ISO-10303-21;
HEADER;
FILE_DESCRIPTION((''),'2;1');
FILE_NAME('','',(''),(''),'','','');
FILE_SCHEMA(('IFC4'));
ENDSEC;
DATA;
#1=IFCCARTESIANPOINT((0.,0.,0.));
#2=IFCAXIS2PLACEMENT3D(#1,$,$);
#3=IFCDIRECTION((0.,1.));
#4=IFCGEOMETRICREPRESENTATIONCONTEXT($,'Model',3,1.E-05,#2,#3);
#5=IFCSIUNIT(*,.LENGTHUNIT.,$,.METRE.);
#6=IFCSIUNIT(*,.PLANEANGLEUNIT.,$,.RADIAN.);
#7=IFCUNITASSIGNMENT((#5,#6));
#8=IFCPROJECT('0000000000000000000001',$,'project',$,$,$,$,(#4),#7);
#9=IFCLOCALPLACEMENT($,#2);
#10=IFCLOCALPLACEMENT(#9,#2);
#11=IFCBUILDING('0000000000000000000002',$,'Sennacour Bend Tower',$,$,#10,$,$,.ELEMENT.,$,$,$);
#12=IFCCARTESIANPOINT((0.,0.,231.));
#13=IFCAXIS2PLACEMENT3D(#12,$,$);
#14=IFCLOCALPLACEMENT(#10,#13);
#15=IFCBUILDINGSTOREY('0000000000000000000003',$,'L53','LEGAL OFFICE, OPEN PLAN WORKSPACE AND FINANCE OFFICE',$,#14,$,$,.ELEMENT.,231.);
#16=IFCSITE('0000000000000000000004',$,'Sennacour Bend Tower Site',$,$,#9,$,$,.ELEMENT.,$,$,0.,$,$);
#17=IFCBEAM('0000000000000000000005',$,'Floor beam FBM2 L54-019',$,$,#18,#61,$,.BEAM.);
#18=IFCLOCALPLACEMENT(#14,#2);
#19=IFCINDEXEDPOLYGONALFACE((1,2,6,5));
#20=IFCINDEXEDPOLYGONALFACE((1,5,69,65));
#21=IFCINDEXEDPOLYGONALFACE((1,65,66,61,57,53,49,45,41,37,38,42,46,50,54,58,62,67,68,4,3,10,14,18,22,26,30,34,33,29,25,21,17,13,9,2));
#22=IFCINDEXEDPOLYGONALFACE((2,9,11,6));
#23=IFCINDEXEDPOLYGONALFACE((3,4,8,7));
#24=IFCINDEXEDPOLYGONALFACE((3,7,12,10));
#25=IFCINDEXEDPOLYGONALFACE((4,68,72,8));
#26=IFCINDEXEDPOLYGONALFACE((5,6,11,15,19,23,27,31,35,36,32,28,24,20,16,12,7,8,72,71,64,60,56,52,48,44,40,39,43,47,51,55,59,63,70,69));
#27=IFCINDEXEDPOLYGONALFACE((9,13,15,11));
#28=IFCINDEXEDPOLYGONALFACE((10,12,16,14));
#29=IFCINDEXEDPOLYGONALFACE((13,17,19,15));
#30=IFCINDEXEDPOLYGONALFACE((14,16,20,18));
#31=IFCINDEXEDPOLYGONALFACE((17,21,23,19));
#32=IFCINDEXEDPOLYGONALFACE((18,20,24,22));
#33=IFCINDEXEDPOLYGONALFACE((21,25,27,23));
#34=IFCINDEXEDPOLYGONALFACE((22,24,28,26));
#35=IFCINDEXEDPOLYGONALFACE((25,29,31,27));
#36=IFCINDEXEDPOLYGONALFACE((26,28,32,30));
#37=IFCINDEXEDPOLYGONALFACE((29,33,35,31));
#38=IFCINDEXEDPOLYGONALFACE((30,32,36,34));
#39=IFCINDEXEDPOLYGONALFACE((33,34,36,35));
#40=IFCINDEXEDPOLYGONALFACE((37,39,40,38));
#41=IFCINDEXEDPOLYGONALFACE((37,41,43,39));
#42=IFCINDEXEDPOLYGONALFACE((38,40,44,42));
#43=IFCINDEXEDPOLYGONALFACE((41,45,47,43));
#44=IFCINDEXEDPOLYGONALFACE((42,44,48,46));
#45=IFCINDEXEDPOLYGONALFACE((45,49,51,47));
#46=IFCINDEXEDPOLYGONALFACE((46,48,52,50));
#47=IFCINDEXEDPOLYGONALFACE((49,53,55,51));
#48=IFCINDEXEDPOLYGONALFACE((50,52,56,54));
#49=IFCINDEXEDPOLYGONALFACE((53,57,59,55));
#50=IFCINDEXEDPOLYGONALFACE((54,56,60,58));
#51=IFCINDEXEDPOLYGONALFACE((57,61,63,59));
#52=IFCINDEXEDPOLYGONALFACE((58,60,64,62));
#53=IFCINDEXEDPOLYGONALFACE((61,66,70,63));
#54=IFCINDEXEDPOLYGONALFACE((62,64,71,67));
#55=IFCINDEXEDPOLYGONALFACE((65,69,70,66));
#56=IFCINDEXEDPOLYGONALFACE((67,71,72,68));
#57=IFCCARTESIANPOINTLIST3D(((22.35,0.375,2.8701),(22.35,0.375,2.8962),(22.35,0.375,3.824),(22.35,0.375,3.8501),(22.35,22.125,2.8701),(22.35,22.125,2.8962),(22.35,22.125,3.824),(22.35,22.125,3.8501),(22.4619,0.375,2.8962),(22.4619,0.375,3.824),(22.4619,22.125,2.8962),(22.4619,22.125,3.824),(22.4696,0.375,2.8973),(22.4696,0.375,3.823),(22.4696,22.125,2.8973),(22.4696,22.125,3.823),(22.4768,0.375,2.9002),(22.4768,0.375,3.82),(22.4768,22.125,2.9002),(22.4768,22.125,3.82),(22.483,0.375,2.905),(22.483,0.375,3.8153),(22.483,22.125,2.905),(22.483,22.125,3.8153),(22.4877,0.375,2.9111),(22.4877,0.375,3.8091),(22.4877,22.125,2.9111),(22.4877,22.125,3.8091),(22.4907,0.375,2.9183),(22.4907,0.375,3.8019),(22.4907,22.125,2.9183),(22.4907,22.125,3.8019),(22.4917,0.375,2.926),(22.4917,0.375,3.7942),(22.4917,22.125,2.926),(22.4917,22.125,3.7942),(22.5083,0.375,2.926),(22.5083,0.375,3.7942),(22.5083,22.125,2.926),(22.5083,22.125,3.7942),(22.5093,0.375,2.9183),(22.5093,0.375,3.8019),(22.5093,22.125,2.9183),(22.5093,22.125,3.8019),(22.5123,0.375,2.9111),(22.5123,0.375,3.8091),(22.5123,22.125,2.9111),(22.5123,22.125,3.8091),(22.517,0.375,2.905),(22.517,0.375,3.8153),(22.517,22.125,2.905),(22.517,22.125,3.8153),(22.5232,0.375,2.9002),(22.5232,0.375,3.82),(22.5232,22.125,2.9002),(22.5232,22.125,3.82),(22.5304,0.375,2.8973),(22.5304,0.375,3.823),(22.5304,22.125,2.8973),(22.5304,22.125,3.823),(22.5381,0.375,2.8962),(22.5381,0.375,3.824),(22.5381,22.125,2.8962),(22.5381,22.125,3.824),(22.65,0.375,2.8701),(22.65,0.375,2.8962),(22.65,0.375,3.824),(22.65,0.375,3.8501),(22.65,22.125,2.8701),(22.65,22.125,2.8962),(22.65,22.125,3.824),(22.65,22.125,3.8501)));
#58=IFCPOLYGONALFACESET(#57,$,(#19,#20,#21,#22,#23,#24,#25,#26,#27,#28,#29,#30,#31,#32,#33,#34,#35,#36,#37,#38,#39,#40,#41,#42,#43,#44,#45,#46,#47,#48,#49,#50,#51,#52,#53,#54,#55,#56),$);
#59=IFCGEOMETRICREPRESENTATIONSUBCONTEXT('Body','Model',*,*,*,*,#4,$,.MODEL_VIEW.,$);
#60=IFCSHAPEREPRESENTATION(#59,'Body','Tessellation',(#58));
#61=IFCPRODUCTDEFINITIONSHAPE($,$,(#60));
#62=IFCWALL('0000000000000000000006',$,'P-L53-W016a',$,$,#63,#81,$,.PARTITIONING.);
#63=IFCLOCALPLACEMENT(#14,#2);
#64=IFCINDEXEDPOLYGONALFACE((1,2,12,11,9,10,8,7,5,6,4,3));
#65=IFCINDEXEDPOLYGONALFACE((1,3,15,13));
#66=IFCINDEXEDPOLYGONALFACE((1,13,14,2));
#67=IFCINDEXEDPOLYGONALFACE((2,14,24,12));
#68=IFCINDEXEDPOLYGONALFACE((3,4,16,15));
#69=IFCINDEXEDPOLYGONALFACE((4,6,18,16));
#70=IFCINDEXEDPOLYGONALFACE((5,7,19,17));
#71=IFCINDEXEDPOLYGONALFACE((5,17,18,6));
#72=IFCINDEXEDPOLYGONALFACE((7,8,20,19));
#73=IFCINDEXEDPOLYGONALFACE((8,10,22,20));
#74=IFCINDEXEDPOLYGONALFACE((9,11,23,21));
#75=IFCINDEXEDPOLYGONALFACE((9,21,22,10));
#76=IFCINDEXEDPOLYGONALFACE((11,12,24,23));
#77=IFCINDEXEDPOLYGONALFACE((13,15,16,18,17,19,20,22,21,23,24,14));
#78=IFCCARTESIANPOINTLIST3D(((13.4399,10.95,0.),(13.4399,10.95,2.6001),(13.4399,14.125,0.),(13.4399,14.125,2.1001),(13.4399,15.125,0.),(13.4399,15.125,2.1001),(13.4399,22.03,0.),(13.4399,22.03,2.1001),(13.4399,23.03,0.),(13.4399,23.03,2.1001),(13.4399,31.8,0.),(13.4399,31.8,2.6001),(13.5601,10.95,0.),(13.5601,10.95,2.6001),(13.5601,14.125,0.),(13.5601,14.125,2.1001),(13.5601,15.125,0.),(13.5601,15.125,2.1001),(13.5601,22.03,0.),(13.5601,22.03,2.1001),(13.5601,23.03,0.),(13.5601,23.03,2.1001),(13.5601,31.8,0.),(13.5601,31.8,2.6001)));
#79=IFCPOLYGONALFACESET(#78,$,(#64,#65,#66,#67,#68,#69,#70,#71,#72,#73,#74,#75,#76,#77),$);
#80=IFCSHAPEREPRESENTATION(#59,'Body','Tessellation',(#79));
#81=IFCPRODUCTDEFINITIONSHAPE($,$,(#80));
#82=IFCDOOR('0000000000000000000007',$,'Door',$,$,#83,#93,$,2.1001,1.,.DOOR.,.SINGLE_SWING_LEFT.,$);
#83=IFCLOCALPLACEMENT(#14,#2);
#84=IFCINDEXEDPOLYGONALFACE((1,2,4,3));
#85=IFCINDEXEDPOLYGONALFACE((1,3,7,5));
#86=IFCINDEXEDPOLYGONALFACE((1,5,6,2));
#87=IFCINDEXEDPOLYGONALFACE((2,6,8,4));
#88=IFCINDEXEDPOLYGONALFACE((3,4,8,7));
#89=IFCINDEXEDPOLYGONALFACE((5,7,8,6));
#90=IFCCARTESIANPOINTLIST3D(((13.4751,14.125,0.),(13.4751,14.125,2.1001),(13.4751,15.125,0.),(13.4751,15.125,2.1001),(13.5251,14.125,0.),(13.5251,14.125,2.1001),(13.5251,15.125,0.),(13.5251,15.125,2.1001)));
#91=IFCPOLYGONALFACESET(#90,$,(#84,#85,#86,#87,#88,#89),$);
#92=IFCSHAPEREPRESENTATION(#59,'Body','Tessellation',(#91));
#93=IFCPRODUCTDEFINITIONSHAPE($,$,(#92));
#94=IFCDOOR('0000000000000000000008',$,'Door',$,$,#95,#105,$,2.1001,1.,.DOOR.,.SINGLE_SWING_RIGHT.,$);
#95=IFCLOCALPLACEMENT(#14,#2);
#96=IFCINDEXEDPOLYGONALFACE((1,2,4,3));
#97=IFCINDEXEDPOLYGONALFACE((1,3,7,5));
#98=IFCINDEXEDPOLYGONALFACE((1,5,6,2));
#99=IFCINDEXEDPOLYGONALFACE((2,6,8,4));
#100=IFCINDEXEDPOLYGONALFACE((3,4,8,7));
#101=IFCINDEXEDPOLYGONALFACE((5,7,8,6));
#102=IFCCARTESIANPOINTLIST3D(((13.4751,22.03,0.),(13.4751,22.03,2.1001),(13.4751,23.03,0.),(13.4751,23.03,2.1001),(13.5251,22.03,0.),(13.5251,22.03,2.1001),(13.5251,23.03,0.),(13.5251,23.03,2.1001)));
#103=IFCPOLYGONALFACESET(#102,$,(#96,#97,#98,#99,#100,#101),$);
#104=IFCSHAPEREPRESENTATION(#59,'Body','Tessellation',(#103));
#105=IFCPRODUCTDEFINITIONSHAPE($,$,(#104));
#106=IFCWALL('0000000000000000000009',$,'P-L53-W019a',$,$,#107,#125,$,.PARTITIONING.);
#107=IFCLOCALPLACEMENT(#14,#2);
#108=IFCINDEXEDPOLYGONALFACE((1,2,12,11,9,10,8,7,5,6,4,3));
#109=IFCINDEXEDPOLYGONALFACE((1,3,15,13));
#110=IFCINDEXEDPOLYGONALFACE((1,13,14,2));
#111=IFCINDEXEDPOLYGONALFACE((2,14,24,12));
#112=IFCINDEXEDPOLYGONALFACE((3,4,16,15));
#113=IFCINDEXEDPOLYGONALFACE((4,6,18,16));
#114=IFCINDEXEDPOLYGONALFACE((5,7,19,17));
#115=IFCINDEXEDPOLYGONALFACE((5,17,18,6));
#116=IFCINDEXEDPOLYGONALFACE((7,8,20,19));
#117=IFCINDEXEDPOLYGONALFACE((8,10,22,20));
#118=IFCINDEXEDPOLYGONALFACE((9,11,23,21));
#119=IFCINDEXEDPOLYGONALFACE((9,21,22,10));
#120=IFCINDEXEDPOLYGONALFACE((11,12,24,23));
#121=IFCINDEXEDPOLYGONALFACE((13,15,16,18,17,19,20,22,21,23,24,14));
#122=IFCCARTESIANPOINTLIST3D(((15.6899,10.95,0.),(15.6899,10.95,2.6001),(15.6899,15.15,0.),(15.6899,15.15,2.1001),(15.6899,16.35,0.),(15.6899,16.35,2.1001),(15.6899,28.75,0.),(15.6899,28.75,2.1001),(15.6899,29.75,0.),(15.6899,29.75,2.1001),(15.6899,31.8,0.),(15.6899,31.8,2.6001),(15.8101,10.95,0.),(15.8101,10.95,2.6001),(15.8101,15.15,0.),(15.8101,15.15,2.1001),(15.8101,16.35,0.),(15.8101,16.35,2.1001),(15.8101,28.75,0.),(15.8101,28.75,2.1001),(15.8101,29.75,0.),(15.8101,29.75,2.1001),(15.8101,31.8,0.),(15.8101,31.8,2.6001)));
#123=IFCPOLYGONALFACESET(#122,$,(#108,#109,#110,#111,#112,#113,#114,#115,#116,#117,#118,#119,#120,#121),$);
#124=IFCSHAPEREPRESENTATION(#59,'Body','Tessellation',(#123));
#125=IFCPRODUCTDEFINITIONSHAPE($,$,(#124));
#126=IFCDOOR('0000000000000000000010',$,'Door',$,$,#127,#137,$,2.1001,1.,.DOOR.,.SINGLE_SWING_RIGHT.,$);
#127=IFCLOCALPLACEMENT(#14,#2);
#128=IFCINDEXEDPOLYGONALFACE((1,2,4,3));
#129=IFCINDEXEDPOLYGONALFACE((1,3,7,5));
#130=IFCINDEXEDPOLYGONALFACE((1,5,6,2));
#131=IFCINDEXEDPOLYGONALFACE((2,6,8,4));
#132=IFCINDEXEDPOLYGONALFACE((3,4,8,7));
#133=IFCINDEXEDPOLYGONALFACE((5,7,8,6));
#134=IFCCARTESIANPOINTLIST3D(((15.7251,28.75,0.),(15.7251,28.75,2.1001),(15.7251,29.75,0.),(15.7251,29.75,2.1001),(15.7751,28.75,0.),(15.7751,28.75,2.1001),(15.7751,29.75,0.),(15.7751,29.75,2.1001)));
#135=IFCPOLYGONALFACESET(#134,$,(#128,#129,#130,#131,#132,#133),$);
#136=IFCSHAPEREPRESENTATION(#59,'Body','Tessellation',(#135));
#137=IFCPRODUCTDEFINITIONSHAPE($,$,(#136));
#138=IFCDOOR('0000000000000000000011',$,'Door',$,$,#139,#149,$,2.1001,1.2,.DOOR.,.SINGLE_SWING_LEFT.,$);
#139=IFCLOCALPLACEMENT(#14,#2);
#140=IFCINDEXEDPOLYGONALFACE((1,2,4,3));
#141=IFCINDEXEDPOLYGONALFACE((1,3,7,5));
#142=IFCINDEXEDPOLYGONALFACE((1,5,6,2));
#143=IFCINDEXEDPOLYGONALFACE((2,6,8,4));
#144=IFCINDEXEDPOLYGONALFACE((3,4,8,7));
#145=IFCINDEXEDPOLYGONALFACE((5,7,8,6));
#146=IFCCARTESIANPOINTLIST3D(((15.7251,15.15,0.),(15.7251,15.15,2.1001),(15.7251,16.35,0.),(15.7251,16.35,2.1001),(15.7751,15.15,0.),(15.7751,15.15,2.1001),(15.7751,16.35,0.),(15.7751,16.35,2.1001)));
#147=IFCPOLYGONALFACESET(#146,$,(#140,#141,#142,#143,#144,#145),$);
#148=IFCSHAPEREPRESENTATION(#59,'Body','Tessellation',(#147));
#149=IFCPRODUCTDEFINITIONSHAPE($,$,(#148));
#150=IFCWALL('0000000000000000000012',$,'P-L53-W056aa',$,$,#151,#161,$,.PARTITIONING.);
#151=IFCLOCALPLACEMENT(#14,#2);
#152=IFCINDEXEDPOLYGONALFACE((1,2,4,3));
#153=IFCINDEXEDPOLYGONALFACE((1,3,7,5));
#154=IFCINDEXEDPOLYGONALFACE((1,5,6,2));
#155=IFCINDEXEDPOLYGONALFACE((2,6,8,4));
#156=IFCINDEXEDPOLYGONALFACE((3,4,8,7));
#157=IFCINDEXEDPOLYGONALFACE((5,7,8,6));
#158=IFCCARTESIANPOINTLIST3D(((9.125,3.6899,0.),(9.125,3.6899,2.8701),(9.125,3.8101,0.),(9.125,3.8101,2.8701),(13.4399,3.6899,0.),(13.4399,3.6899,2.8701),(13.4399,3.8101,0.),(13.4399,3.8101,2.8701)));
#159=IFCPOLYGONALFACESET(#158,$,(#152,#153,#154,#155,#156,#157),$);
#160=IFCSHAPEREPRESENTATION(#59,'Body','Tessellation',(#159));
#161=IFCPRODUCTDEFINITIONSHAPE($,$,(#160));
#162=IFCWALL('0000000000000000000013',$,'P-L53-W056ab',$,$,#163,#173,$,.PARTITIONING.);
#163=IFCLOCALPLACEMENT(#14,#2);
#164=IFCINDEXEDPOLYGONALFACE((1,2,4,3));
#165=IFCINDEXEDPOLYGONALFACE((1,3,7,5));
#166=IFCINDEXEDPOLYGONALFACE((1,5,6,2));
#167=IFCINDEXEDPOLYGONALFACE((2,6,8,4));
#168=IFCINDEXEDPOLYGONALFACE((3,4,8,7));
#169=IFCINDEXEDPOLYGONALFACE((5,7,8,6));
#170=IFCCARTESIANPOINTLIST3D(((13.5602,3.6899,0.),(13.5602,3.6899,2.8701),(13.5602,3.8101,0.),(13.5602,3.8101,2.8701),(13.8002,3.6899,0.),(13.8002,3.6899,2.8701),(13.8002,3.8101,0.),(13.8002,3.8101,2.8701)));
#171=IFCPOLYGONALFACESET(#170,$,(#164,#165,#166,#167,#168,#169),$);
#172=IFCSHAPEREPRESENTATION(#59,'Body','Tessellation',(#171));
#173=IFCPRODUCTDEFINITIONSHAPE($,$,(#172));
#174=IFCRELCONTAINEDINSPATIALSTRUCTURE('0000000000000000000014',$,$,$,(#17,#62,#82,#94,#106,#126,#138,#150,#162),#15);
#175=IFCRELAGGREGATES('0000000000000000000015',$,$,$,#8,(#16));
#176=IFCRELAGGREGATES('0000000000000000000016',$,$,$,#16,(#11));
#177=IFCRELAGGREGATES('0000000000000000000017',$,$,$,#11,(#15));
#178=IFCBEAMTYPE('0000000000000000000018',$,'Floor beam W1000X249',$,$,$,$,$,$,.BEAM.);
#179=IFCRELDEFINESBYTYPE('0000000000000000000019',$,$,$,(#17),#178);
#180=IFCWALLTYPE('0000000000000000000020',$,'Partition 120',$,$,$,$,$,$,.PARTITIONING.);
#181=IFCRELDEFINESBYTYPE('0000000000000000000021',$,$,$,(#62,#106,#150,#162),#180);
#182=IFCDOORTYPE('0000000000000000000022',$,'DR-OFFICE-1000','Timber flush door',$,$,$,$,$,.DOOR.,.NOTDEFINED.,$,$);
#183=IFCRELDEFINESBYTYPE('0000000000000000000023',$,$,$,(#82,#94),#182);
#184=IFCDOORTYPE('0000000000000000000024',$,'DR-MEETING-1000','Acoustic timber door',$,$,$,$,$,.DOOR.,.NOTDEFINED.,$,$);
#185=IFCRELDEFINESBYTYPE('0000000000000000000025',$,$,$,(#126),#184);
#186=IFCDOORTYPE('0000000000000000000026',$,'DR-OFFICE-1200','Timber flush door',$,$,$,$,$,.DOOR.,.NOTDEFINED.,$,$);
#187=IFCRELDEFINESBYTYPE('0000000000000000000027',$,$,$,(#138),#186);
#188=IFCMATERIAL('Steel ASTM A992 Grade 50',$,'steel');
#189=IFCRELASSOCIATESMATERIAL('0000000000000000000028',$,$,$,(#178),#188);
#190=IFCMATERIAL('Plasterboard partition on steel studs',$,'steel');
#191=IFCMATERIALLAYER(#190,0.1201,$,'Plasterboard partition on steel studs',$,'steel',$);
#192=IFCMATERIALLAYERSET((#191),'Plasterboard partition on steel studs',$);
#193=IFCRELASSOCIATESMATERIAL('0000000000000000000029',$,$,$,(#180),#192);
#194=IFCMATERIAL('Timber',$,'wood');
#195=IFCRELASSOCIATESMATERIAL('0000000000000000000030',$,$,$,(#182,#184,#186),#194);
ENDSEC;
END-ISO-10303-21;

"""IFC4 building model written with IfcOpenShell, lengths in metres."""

from ifc_helpers import new_model, si_unit, direction, frame, frame_2d, origin, origin_2d, place, context, subcontext, project, spatial, rectangle, i_section, extrude, material, layer, layer_set, material_profile, profile_set, type_object, element, fill, save


model = new_model("IFC4")

# Units and contexts
model_context = context("Model", 3, precision=1e-05, world=origin(), true_north=direction((0.0, 1.0)))
body_context = subcontext(model_context, "Body", "Model", "MODEL_VIEW")
ifc_project = project(units=[si_unit("LENGTHUNIT", "METRE"), si_unit("PLANEANGLEUNIT", "RADIAN")], contexts=[model_context])

# Site, building, storey
site_placement = place(None, origin())
site = spatial("IfcSite", under=ifc_project, at=site_placement, Name="Sennacour Bend Tower Site", CompositionType="ELEMENT", RefElevation=0.0)
building_placement = place(site_placement, origin())
building = spatial("IfcBuilding", under=site, at=building_placement, Name="Sennacour Bend Tower", CompositionType="ELEMENT")
storey_placement = place(building_placement, frame((0.0, 0.0, 231.0)))
storey = spatial("IfcBuildingStorey", under=building, at=storey_placement, Name="L53", Description="LEGAL OFFICE, OPEN PLAN WORKSPACE AND FINANCE OFFICE", CompositionType="ELEMENT", Elevation=231.0)

# Beam
ifc_material_1 = material(Name="Steel ASTM A992 Grade 50", Category="steel")
ifc_material_profile = material_profile(ifc_material_1, i_section(OverallWidth=0.3, OverallDepth=0.98, WebThickness=0.0166, FlangeThickness=0.0261, FilletRadius=0.0298, at=origin_2d()), Name="Steel ASTM A992 Grade 50", Category="steel")
ifc_profile_set = profile_set([ifc_material_profile], Name="Steel ASTM A992 Grade 50")
beam_type = type_object("IfcBeamType", Name="Floor beam W1000X249", PredefinedType="BEAM", material=ifc_profile_set)
beam_placement = place(storey_placement, frame((22.5, 0.375, 3.3601), z_axis=(0.0, 1.0, 0.0), x_axis=(-1.0, 0.0, 0.0)))
element("IfcBeam", 1, at=beam_placement, inside=storey, type_object=beam_type, Name="Floor beam FBM2 L54-019", PredefinedType="BEAM", context=body_context, shape_type="SweptSolid", body=[
    extrude(i_section(OverallWidth=0.3, OverallDepth=0.98, WebThickness=0.0166, FlangeThickness=0.0261, FilletRadius=0.0298, at=origin_2d()), origin(), (0.0, 0.0, 1.0), 21.75),
])

# Walls, openings, doors
ifc_material_2 = material(Name="Plasterboard partition on steel studs", Category="steel")
ifc_layer_1 = layer(ifc_material_2, 0.1201, Name="Plasterboard partition on steel studs", Category="steel")
ifc_layer_set_1 = layer_set([ifc_layer_1], Name="Plasterboard partition on steel studs")
wall_type_1 = type_object("IfcWallType", Name="Partition 120", PredefinedType="PARTITIONING", material=ifc_layer_set_1)
wall_1_placement = place(storey_placement, frame((13.5, 10.95, 0.0), z_axis=(0.0, 0.0, 1.0), x_axis=(0.0, 1.0, 0.0)))
wall_1 = element("IfcWall", 2, at=wall_1_placement, inside=storey, type_object=wall_type_1, Name="P-L53-W016a", PredefinedType="PARTITIONING", context=body_context, shape_type="SweptSolid", body=[
    extrude(rectangle(XDim=20.8501, YDim=0.1201, at=frame_2d((10.425, 0.0))), origin(), (0.0, 0.0, 1.0), 2.6001),
])
opening_1_placement = place(wall_1_placement, frame((3.175, 0.0, 0.0)))
opening_1 = element("IfcOpeningElement", 3, at=opening_1_placement, cuts=wall_1, PredefinedType="OPENING", context=body_context, shape_type="SweptSolid", body=[
    extrude(rectangle(XDim=1.0, YDim=2.1001, at=frame_2d((0.5, 1.05))), frame((0.0, 0.0701, 0.0), z_axis=(0.0, -1.0, 0.0), x_axis=(1.0, 0.0, 0.0)), (0.0, 0.0, 1.0), 0.1401),
])
opening_2_placement = place(wall_1_placement, frame((11.0801, 0.0, 0.0)))
opening_2 = element("IfcOpeningElement", 4, at=opening_2_placement, cuts=wall_1, PredefinedType="OPENING", context=body_context, shape_type="SweptSolid", body=[
    extrude(rectangle(XDim=1.0, YDim=2.1001, at=frame_2d((0.5, 1.05))), frame((0.0, 0.0701, 0.0), z_axis=(0.0, -1.0, 0.0), x_axis=(1.0, 0.0, 0.0)), (0.0, 0.0, 1.0), 0.1401),
])
ifc_material_3 = material(Name="Timber", Category="wood")
door_type_1 = type_object("IfcDoorType", Name="DR-OFFICE-1000", Description="Timber flush door", OperationType="NOTDEFINED", PredefinedType="DOOR", material=ifc_material_3)
door_1_placement = place(opening_1_placement, origin())
door_1 = element("IfcDoor", 5, at=door_1_placement, inside=storey, type_object=door_type_1, Name="Door", OperationType="SINGLE_SWING_LEFT", OverallHeight=2.1001, OverallWidth=1.0, PredefinedType="DOOR", context=body_context, shape_type="SweptSolid", body=[
    extrude(rectangle(XDim=1.0, YDim=2.1001, at=frame_2d((0.5, 1.05))), frame((0.0, 0.0249, 0.0), z_axis=(0.0, -1.0, 0.0), x_axis=(1.0, 0.0, 0.0)), (0.0, 0.0, 1.0), 0.05),
])
fill(opening_1, door_1)
door_2_placement = place(opening_2_placement, origin())
door_2 = element("IfcDoor", 6, at=door_2_placement, inside=storey, type_object=door_type_1, Name="Door", OperationType="SINGLE_SWING_RIGHT", OverallHeight=2.1001, OverallWidth=1.0, PredefinedType="DOOR", context=body_context, shape_type="SweptSolid", body=[
    extrude(rectangle(XDim=1.0, YDim=2.1001, at=frame_2d((0.5, 1.05))), frame((0.0, 0.0249, 0.0), z_axis=(0.0, -1.0, 0.0), x_axis=(1.0, 0.0, 0.0)), (0.0, 0.0, 1.0), 0.05),
])
fill(opening_2, door_2)
wall_2_placement = place(storey_placement, frame((15.75, 10.95, 0.0), z_axis=(0.0, 0.0, 1.0), x_axis=(0.0, 1.0, 0.0)))
wall_2 = element("IfcWall", 7, at=wall_2_placement, inside=storey, type_object=wall_type_1, Name="P-L53-W019a", PredefinedType="PARTITIONING", context=body_context, shape_type="SweptSolid", body=[
    extrude(rectangle(XDim=20.8501, YDim=0.1201, at=frame_2d((10.425, 0.0))), origin(), (0.0, 0.0, 1.0), 2.6001),
])
opening_3_placement = place(wall_2_placement, frame((17.8, 0.0, 0.0)))
opening_3 = element("IfcOpeningElement", 8, at=opening_3_placement, cuts=wall_2, PredefinedType="OPENING", context=body_context, shape_type="SweptSolid", body=[
    extrude(rectangle(XDim=1.0, YDim=2.1001, at=frame_2d((0.5, 1.05))), frame((0.0, 0.0701, 0.0), z_axis=(0.0, -1.0, 0.0), x_axis=(1.0, 0.0, 0.0)), (0.0, 0.0, 1.0), 0.1401),
])
opening_4_placement = place(wall_2_placement, frame((4.2, 0.0, 0.0)))
opening_4 = element("IfcOpeningElement", 9, at=opening_4_placement, cuts=wall_2, PredefinedType="OPENING", context=body_context, shape_type="SweptSolid", body=[
    extrude(rectangle(XDim=1.2, YDim=2.1001, at=frame_2d((0.6001, 1.05))), frame((0.0, 0.0701, 0.0), z_axis=(0.0, -1.0, 0.0), x_axis=(1.0, 0.0, 0.0)), (0.0, 0.0, 1.0), 0.1401),
])
door_type_2 = type_object("IfcDoorType", Name="DR-MEETING-1000", Description="Acoustic timber door", OperationType="NOTDEFINED", PredefinedType="DOOR", material=ifc_material_3)
door_3_placement = place(opening_3_placement, origin())
door_3 = element("IfcDoor", 10, at=door_3_placement, inside=storey, type_object=door_type_2, Name="Door", OperationType="SINGLE_SWING_RIGHT", OverallHeight=2.1001, OverallWidth=1.0, PredefinedType="DOOR", context=body_context, shape_type="SweptSolid", body=[
    extrude(rectangle(XDim=1.0, YDim=2.1001, at=frame_2d((0.5, 1.05))), frame((0.0, 0.0249, 0.0), z_axis=(0.0, -1.0, 0.0), x_axis=(1.0, 0.0, 0.0)), (0.0, 0.0, 1.0), 0.05),
])
fill(opening_3, door_3)
door_type_3 = type_object("IfcDoorType", Name="DR-OFFICE-1200", Description="Timber flush door", OperationType="NOTDEFINED", PredefinedType="DOOR", material=ifc_material_3)
door_4_placement = place(opening_4_placement, origin())
door_4 = element("IfcDoor", 11, at=door_4_placement, inside=storey, type_object=door_type_3, Name="Door", OperationType="SINGLE_SWING_LEFT", OverallHeight=2.1001, OverallWidth=1.2, PredefinedType="DOOR", context=body_context, shape_type="SweptSolid", body=[
    extrude(rectangle(XDim=1.2, YDim=2.1001, at=frame_2d((0.6001, 1.05))), frame((0.0, 0.0249, 0.0), z_axis=(0.0, -1.0, 0.0), x_axis=(1.0, 0.0, 0.0)), (0.0, 0.0, 1.0), 0.05),
])
fill(opening_4, door_4)

# Walls
wall_3_placement = place(storey_placement, frame((9.125, 3.75, 0.0), z_axis=(0.0, 0.0, 1.0), x_axis=(1.0, 0.0, 0.0)))
element("IfcWall", 12, at=wall_3_placement, inside=storey, type_object=wall_type_1, Name="P-L53-W056aa", PredefinedType="PARTITIONING", context=body_context, shape_type="SweptSolid", body=[
    extrude(rectangle(XDim=4.3149, YDim=0.1201, at=frame_2d((2.1575, 0.0))), origin(), (0.0, 0.0, 1.0), 2.8701),
])
wall_4_placement = place(storey_placement, frame((13.5601, 3.75, 0.0), z_axis=(0.0, 0.0, 1.0), x_axis=(1.0, 0.0, 0.0)))
element("IfcWall", 13, at=wall_4_placement, inside=storey, type_object=wall_type_1, Name="P-L53-W056ab", PredefinedType="PARTITIONING", context=body_context, shape_type="SweptSolid", body=[
    extrude(rectangle(XDim=0.24, YDim=0.1201, at=frame_2d((0.1201, 0.0))), origin(), (0.0, 0.0, 1.0), 2.8701),
])

save(model, "model.ifc")
